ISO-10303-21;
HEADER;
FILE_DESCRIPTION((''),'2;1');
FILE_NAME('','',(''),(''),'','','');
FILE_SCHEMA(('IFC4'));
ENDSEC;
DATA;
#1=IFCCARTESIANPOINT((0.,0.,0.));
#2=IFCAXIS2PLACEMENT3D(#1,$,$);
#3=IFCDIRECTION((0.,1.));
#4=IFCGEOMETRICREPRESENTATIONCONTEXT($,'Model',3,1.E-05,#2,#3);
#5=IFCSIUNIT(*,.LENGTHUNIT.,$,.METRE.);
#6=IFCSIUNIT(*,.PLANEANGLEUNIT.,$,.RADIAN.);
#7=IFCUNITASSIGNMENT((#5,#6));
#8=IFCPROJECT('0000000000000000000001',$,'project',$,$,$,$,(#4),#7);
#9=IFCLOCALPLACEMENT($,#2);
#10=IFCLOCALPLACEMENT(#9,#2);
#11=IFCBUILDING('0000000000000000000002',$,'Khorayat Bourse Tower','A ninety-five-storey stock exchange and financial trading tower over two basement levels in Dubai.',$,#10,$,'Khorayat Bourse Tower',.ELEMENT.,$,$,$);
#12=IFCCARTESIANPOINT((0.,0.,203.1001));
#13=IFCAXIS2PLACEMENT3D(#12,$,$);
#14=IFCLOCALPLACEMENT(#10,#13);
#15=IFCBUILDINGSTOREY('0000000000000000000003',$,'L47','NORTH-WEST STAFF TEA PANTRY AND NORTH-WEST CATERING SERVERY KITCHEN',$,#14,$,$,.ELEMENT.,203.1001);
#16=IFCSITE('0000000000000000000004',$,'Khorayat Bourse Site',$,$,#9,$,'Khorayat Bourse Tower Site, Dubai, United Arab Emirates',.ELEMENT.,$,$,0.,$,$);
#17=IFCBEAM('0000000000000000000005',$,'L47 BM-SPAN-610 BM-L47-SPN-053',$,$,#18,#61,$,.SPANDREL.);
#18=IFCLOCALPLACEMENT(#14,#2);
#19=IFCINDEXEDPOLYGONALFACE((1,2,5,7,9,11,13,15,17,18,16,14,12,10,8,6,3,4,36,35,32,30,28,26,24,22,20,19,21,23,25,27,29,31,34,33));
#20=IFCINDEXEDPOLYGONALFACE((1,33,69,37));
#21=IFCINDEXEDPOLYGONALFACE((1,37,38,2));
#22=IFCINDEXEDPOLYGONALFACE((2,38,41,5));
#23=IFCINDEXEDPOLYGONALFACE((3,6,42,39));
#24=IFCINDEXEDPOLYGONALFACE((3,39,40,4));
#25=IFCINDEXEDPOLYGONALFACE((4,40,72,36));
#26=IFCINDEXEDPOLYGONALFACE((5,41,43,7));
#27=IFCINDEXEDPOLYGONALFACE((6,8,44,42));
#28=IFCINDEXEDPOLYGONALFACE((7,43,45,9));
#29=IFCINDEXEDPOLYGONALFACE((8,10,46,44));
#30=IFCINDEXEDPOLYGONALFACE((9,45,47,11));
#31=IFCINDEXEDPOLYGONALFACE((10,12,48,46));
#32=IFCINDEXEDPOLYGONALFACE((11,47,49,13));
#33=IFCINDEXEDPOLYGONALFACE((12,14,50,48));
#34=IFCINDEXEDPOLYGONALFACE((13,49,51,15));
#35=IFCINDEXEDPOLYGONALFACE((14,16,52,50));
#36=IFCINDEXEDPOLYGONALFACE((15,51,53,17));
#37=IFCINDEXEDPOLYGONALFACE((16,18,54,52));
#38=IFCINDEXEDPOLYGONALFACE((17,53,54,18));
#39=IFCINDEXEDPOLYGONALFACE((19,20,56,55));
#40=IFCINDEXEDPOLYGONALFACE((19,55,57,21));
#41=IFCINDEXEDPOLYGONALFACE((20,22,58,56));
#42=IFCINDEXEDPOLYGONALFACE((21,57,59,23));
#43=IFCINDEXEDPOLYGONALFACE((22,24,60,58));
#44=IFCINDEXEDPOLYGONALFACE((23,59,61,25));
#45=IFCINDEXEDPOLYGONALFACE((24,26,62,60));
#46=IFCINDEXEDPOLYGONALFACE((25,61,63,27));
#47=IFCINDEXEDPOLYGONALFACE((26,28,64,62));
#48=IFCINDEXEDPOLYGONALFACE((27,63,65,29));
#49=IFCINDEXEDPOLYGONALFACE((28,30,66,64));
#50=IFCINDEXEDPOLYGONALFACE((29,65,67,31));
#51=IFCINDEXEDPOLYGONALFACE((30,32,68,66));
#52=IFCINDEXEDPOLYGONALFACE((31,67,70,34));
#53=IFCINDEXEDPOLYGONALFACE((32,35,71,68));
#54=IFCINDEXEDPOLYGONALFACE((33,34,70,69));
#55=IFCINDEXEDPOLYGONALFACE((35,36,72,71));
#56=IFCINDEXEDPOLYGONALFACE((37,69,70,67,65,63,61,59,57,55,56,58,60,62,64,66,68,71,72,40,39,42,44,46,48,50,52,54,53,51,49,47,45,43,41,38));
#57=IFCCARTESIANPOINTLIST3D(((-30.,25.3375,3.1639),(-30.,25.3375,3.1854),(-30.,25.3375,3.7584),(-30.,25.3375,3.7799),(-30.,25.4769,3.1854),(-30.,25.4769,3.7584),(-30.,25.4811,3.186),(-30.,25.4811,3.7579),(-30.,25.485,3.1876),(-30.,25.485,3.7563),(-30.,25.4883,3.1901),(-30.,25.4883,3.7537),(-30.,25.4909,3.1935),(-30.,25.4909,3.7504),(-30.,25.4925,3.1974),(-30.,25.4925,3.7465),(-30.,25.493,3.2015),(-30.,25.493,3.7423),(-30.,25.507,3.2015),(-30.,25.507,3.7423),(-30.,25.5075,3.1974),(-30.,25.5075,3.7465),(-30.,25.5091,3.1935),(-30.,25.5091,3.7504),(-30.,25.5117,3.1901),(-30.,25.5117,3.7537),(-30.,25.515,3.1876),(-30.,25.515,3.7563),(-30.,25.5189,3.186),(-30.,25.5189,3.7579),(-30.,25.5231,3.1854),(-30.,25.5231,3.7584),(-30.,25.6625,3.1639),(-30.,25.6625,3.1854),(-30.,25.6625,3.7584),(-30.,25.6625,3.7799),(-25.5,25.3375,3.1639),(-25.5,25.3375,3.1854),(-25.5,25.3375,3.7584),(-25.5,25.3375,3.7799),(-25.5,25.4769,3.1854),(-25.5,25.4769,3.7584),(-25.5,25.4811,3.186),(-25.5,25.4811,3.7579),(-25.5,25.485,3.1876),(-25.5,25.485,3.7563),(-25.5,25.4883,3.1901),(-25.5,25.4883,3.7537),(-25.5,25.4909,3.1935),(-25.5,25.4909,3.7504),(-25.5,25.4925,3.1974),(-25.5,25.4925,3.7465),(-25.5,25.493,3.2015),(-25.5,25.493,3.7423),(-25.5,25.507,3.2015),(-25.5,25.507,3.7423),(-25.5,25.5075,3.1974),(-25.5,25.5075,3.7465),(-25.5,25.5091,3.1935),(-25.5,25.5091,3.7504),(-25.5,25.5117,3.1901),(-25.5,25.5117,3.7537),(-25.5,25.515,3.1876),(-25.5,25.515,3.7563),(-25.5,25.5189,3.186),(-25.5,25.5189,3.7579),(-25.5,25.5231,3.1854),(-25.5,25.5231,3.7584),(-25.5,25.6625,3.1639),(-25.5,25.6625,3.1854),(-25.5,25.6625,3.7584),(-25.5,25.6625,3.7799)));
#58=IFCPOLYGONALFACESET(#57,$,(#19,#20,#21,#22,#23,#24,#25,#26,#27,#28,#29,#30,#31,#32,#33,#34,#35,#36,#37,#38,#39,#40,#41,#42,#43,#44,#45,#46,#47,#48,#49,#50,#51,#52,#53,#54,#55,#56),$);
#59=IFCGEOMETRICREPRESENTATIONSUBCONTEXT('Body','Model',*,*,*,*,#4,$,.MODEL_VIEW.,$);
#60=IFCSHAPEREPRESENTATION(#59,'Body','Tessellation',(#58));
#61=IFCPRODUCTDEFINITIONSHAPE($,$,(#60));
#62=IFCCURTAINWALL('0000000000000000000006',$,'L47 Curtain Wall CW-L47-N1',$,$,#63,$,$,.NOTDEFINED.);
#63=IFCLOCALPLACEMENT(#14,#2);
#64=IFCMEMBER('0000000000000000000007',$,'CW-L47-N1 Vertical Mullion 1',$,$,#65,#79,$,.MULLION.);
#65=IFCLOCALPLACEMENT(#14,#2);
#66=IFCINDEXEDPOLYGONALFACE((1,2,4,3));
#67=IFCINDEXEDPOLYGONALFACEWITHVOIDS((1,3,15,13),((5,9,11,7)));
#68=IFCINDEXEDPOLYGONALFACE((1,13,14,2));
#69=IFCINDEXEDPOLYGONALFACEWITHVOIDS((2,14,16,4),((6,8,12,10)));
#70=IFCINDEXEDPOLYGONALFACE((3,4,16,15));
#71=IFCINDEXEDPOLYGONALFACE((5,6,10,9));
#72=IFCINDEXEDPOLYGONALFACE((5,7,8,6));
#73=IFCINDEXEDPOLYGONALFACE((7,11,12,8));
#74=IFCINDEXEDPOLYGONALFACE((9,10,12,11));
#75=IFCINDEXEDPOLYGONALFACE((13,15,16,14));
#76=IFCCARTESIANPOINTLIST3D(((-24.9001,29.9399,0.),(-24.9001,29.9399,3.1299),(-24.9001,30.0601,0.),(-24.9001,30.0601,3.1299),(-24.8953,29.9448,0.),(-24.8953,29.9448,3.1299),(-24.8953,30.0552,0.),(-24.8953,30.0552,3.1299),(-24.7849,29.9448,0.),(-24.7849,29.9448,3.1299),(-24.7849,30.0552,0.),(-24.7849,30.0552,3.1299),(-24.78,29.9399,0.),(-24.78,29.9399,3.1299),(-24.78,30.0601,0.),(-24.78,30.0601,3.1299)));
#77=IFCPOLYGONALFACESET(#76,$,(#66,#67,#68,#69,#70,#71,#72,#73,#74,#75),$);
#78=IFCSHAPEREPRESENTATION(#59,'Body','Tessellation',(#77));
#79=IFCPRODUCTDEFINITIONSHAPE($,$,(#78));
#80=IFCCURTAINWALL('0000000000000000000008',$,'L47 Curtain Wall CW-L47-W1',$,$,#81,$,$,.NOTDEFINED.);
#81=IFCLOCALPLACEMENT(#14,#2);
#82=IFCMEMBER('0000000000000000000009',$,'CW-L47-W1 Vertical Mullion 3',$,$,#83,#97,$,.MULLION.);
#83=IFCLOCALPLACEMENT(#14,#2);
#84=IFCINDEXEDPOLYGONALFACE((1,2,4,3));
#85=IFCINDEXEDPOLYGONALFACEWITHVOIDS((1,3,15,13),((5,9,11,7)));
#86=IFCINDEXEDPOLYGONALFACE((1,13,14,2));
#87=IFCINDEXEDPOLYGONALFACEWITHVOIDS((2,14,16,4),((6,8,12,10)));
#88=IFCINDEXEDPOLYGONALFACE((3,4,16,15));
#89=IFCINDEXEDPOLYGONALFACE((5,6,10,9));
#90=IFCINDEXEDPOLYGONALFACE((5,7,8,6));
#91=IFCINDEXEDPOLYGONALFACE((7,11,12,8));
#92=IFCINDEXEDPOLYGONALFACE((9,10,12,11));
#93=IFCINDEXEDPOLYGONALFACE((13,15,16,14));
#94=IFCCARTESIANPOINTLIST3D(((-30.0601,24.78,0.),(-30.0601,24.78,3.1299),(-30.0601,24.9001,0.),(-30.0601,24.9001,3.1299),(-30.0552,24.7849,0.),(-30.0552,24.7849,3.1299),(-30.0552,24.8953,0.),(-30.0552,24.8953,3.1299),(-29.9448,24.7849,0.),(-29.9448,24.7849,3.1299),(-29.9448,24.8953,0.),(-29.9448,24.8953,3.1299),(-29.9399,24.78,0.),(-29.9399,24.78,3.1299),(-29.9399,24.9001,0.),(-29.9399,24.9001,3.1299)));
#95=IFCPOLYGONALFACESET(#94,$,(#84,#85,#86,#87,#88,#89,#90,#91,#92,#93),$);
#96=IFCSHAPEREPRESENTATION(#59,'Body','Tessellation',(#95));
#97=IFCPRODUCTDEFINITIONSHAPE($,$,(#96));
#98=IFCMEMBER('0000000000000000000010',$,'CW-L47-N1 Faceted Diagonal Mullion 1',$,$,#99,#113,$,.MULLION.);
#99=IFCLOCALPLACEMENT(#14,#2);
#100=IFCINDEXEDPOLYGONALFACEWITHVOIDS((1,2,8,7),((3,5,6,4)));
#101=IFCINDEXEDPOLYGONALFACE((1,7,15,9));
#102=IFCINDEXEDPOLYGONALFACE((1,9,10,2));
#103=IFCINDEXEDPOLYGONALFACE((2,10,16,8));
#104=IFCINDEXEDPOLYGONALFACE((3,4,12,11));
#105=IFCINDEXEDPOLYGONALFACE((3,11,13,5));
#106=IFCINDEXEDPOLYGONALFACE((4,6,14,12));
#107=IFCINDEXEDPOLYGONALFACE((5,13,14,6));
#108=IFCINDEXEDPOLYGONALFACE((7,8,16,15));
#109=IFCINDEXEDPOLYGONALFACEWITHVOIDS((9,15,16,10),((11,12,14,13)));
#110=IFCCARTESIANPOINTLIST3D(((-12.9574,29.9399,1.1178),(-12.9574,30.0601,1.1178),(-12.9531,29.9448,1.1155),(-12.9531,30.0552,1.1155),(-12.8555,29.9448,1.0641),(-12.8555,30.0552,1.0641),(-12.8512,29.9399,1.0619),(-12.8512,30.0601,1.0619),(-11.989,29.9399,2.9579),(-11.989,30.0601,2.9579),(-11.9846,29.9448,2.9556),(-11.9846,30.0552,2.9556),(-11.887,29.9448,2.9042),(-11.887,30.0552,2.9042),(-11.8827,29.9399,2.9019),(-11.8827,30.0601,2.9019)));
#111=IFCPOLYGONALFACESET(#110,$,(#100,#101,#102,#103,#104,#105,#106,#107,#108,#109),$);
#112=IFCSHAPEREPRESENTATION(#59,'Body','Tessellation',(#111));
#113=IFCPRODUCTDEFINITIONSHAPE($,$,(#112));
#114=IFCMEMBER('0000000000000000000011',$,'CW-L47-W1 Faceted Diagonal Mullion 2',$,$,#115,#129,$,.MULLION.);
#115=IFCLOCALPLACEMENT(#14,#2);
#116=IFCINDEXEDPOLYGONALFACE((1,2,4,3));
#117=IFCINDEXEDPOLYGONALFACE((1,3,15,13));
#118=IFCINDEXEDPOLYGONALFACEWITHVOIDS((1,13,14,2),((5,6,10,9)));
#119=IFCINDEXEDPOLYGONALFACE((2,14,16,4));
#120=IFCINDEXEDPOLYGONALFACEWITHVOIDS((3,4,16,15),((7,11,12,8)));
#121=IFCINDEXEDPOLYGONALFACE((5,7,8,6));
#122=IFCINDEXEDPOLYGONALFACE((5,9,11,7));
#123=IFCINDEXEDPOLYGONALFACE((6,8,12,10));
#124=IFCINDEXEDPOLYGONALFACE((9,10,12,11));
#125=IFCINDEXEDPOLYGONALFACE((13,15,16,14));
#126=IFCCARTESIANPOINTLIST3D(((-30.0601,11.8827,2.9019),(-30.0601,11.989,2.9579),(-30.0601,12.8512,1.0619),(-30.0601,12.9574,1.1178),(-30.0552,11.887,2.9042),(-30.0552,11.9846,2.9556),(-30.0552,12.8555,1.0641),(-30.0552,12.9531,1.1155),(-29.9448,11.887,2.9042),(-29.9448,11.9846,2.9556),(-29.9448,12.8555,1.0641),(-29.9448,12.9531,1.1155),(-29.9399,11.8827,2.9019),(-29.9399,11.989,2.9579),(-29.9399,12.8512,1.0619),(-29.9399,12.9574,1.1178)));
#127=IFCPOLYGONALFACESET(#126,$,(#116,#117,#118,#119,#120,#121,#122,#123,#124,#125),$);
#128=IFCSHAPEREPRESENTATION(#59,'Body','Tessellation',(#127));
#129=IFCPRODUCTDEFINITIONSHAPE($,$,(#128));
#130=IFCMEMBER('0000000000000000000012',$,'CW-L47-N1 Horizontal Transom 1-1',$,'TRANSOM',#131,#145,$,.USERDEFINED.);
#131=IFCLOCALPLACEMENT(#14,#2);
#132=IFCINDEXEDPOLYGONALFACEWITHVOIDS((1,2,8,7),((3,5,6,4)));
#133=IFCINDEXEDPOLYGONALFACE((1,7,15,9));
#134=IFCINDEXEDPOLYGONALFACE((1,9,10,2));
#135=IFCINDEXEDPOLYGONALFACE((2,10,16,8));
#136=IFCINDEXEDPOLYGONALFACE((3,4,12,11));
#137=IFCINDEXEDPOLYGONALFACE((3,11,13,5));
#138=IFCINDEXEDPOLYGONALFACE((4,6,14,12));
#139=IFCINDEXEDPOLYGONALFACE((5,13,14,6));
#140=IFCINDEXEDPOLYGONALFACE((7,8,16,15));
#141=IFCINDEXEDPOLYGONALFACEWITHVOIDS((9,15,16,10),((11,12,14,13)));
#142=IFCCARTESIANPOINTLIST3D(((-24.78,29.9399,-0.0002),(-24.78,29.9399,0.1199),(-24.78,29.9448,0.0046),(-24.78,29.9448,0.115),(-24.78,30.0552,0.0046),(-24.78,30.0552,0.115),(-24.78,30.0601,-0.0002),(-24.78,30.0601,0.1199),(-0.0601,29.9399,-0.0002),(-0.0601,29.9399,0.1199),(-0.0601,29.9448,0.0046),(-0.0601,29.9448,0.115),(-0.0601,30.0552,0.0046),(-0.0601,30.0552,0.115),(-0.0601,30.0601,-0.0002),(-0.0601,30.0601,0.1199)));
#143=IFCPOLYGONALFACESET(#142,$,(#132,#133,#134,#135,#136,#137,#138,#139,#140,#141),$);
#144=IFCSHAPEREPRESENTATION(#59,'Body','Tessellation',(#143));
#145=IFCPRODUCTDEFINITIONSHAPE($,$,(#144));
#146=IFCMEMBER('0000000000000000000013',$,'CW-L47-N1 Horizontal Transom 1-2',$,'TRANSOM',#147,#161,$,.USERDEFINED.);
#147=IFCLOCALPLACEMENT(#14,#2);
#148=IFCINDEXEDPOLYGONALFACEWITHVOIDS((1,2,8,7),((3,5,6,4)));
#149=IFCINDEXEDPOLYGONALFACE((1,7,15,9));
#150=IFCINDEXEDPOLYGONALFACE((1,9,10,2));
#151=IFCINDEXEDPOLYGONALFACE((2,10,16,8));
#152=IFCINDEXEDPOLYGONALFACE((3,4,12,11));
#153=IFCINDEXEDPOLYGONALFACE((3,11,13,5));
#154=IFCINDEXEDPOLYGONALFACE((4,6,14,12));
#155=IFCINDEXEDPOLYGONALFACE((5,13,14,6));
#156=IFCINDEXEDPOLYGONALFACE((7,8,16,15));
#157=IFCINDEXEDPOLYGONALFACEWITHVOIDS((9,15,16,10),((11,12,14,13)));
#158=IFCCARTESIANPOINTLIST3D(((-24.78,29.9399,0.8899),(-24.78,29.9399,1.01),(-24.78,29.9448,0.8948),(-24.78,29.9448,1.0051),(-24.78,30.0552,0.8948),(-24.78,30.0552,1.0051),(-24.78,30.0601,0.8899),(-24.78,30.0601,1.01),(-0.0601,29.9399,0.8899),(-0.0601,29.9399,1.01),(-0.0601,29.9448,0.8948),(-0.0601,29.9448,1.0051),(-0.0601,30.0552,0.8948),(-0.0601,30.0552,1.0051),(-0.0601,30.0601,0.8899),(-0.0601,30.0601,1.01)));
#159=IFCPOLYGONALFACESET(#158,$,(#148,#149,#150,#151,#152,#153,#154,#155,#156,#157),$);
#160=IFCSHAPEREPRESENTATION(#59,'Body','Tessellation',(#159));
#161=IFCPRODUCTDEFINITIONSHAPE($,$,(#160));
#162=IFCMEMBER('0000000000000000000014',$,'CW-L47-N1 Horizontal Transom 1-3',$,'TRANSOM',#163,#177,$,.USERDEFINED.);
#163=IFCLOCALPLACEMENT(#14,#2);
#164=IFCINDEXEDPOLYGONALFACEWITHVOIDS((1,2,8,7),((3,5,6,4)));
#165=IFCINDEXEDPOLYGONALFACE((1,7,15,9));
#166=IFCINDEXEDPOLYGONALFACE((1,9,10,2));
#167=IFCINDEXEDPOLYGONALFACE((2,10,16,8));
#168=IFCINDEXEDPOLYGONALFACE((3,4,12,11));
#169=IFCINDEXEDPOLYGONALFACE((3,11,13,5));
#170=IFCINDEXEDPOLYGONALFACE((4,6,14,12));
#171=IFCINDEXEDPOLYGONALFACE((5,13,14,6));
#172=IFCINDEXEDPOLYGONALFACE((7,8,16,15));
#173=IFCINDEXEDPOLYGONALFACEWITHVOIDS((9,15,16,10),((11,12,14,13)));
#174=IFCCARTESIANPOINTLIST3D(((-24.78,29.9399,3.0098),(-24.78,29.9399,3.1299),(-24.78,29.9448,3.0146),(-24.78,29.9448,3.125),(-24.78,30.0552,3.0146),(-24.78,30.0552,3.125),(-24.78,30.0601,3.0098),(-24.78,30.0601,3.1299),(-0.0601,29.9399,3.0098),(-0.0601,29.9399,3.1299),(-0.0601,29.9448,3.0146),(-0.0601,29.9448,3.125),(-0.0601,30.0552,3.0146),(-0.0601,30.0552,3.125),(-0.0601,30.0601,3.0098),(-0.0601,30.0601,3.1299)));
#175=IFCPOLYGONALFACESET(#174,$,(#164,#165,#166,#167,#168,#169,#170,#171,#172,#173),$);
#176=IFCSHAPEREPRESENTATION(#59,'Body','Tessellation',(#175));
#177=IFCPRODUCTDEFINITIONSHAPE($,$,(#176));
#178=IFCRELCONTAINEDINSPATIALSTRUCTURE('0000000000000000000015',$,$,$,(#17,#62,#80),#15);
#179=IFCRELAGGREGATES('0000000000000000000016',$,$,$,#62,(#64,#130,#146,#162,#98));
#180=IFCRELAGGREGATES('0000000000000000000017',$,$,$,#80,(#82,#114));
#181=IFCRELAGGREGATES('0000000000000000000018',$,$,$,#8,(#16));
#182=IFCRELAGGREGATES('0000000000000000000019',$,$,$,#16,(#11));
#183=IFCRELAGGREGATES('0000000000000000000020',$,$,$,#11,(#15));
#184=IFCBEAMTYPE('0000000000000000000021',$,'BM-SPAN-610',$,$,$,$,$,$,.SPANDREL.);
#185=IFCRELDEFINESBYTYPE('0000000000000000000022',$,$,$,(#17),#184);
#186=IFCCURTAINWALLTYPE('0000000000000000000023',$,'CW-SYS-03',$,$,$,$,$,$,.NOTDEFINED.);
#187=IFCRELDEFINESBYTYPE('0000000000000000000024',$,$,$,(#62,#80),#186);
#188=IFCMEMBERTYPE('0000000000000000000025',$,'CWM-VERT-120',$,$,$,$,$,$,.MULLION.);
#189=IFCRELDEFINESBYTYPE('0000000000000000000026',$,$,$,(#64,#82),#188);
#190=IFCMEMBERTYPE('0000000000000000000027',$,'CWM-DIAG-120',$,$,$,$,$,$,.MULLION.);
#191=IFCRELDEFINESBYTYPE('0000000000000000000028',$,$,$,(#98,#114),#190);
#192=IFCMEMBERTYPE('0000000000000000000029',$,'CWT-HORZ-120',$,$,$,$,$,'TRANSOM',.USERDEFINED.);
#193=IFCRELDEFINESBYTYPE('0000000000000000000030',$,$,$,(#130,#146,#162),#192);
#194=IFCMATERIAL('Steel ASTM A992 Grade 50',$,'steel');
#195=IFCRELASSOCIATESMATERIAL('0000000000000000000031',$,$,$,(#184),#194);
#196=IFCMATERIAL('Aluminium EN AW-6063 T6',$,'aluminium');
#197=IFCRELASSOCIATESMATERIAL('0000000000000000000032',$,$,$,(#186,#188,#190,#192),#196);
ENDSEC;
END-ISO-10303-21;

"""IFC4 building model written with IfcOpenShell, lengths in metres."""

from ifc_helpers import new_model, si_unit, direction, frame, origin, origin_2d, place, context, subcontext, project, spatial, hollow_rectangle, i_section, extrude, source, transform, mapped, material, material_profile, profile_set, type_object, element, aggregate, save


model = new_model("IFC4")

# Units and contexts
model_context = context("Model", 3, precision=1e-05, world=origin(), true_north=direction((0.0, 1.0)))
body_context = subcontext(model_context, "Body", "Model", "MODEL_VIEW")
ifc_project = project(units=[si_unit("LENGTHUNIT", "METRE"), si_unit("PLANEANGLEUNIT", "RADIAN")], contexts=[model_context])

# Site, building, storey
site_placement = place(None, origin())
site = spatial("IfcSite", under=ifc_project, at=site_placement, Name="Khorayat Bourse Site", LongName="Khorayat Bourse Tower Site, Dubai, United Arab Emirates", CompositionType="ELEMENT", RefElevation=0.0)
building_placement = place(site_placement, origin())
building = spatial("IfcBuilding", under=site, at=building_placement, Name="Khorayat Bourse Tower", Description="A ninety-five-storey stock exchange and financial trading tower over two basement levels in Dubai.", LongName="Khorayat Bourse Tower", CompositionType="ELEMENT")
storey_placement = place(building_placement, frame((0.0, 0.0, 203.1001)))
storey = spatial("IfcBuildingStorey", under=building, at=storey_placement, Name="L47", Description="NORTH-WEST STAFF TEA PANTRY AND NORTH-WEST CATERING SERVERY KITCHEN", CompositionType="ELEMENT", Elevation=203.1001)

# Beam
ifc_material_1 = material(Name="Steel ASTM A992 Grade 50", Category="steel")
ifc_material_profile_1 = material_profile(ifc_material_1, i_section(OverallWidth=0.325, OverallDepth=0.616, WebThickness=0.0139, FlangeThickness=0.0215, FilletRadius=0.0161, at=origin_2d()), Name="W610X174")
ifc_profile_set_1 = profile_set([ifc_material_profile_1], Name="Steel ASTM A992 Grade 50")
beam_type_1 = type_object("IfcBeamType", Name="BM-SPAN-610", PredefinedType="SPANDREL", material=ifc_profile_set_1)
shared_shape_1 = source(origin(), body_context, "Body", "SweptSolid", [
    extrude(i_section(OverallWidth=0.325, OverallDepth=0.616, WebThickness=0.0139, FlangeThickness=0.0215, FilletRadius=0.0161, at=origin_2d()), origin(), (0.0, 0.0, 1.0), 4.5),
])
for number, where, z_axis, x_axis, name in (
    (1, (-30.0, 25.5, 3.4719), (1.0, 0.0, 0.0), (0.0, 1.0, 0.0), "L47 BM-SPAN-610 BM-L47-SPN-053"),
):
    element("IfcBeam", number, at=place(storey_placement, frame(where, z_axis=z_axis, x_axis=x_axis)), inside=storey, type_object=beam_type_1, Name=name, PredefinedType="SPANDREL", context=body_context, shape_type="MappedRepresentation", body=[
        mapped(shared_shape_1, transform((0.0, 0.0, 0.0), scale=1.0)),
    ])

# Curtain walls, members
ifc_material_2 = material(Name="Aluminium EN AW-6063 T6", Category="aluminium")
curtain_wall_type = type_object("IfcCurtainWallType", Name="CW-SYS-03", PredefinedType="NOTDEFINED", material=ifc_material_2)
curtain_wall_1_placement = place(storey_placement, origin())
curtain_wall_1 = element("IfcCurtainWall", 2, at=curtain_wall_1_placement, inside=storey, type_object=curtain_wall_type, Name="L47 Curtain Wall CW-L47-N1", PredefinedType="NOTDEFINED")
ifc_material_profile_2 = material_profile(ifc_material_2, hollow_rectangle(XDim=0.1201, YDim=0.1201, WallThickness=0.0049, at=origin_2d()), Name="ALU 120x120x5")
ifc_profile_set_2 = profile_set([ifc_material_profile_2], Name="Aluminium EN AW-6063 T6")
member_type_1 = type_object("IfcMemberType", Name="CWM-VERT-120", PredefinedType="MULLION", material=ifc_profile_set_2)
shared_shape_2 = source(origin(), body_context, "Body", "SweptSolid", [
    extrude(hollow_rectangle(XDim=0.1201, YDim=0.1201, WallThickness=0.0049, at=origin_2d()), origin(), (0.0, 0.0, 1.0), 3.1299),
])
member_1_placement = place(storey_placement, frame((-24.8401, 30.0, 0.0), z_axis=(0.0, 0.0, 1.0), x_axis=(0.0, 1.0, 0.0)))
member_1 = element("IfcMember", 3, at=member_1_placement, type_object=member_type_1, Name="CW-L47-N1 Vertical Mullion 1", PredefinedType="MULLION", context=body_context, shape_type="MappedRepresentation", body=[
    mapped(shared_shape_2, transform((0.0, 0.0, 0.0), scale=1.0)),
])
curtain_wall_2_placement = place(storey_placement, origin())
curtain_wall_2 = element("IfcCurtainWall", 4, at=curtain_wall_2_placement, inside=storey, type_object=curtain_wall_type, Name="L47 Curtain Wall CW-L47-W1", PredefinedType="NOTDEFINED")
member_2_placement = place(storey_placement, frame((-30.0, 24.8401, 0.0), z_axis=(0.0, 0.0, 1.0), x_axis=(-1.0, 0.0, 0.0)))
member_2 = element("IfcMember", 5, at=member_2_placement, type_object=member_type_1, Name="CW-L47-W1 Vertical Mullion 3", PredefinedType="MULLION", context=body_context, shape_type="MappedRepresentation", body=[
    mapped(shared_shape_2, transform((0.0, 0.0, 0.0), scale=1.0)),
])

# Members
ifc_material_profile_3 = material_profile(ifc_material_2, hollow_rectangle(XDim=0.1201, YDim=0.1201, WallThickness=0.0049, at=origin_2d()), Name="ALU 120x120x5")
ifc_profile_set_3 = profile_set([ifc_material_profile_3], Name="Aluminium EN AW-6063 T6")
member_type_2 = type_object("IfcMemberType", Name="CWM-DIAG-120", PredefinedType="MULLION", material=ifc_profile_set_3)
shared_shape_3 = source(origin(), body_context, "Body", "SweptSolid", [
    extrude(hollow_rectangle(XDim=0.1201, YDim=0.1201, WallThickness=0.0049, at=origin_2d()), origin(), (0.0, 0.0, 1.0), 2.0793),
])
member_3_placement = place(storey_placement, frame((-12.9043, 30.0, 1.0898), z_axis=(0.465761, 0.0, 0.884911), x_axis=(0.0, 1.0, 0.0)))
member_3 = element("IfcMember", 6, at=member_3_placement, type_object=member_type_2, Name="CW-L47-N1 Faceted Diagonal Mullion 1", PredefinedType="MULLION", context=body_context, shape_type="MappedRepresentation", body=[
    mapped(shared_shape_3, transform((0.0, 0.0, 0.0), scale=1.0)),
])
member_4_placement = place(storey_placement, frame((-30.0, 12.9043, 1.0898), z_axis=(0.0, -0.465761, 0.884911), x_axis=(1.0, 0.0, 0.0)))
member_4 = element("IfcMember", 7, at=member_4_placement, type_object=member_type_2, Name="CW-L47-W1 Faceted Diagonal Mullion 2", PredefinedType="MULLION", context=body_context, shape_type="MappedRepresentation", body=[
    mapped(shared_shape_3, transform((0.0, 0.0, 0.0), scale=1.0)),
])
ifc_material_profile_4 = material_profile(ifc_material_2, hollow_rectangle(XDim=0.1201, YDim=0.1201, WallThickness=0.0049, at=origin_2d()), Name="ALU 120x120x5")
ifc_profile_set_4 = profile_set([ifc_material_profile_4], Name="Aluminium EN AW-6063 T6")
member_type_3 = type_object("IfcMemberType", Name="CWT-HORZ-120", ElementType="TRANSOM", PredefinedType="USERDEFINED", material=ifc_profile_set_4)
shared_shape_4 = source(origin(), body_context, "Body", "SweptSolid", [
    extrude(hollow_rectangle(XDim=0.1201, YDim=0.1201, WallThickness=0.0049, at=origin_2d()), origin(), (0.0, 0.0, 1.0), 24.72),
])
member_5_placement = place(storey_placement, frame((-24.78, 30.0, 0.0598), z_axis=(1.0, 0.0, 0.0), x_axis=(0.0, 1.0, 0.0)))
member_5 = element("IfcMember", 8, at=member_5_placement, type_object=member_type_3, Name="CW-L47-N1 Horizontal Transom 1-1", ObjectType="TRANSOM", PredefinedType="USERDEFINED", context=body_context, shape_type="MappedRepresentation", body=[
    mapped(shared_shape_4, transform((0.0, 0.0, 0.0), scale=1.0)),
])
member_6_placement = place(storey_placement, frame((-24.78, 30.0, 0.95), z_axis=(1.0, 0.0, 0.0), x_axis=(0.0, 1.0, 0.0)))
member_6 = element("IfcMember", 9, at=member_6_placement, type_object=member_type_3, Name="CW-L47-N1 Horizontal Transom 1-2", ObjectType="TRANSOM", PredefinedType="USERDEFINED", context=body_context, shape_type="MappedRepresentation", body=[
    mapped(shared_shape_4, transform((0.0, 0.0, 0.0), scale=1.0)),
])
member_7_placement = place(storey_placement, frame((-24.78, 30.0, 3.0698), z_axis=(1.0, 0.0, 0.0), x_axis=(0.0, 1.0, 0.0)))
member_7 = element("IfcMember", 10, at=member_7_placement, type_object=member_type_3, Name="CW-L47-N1 Horizontal Transom 1-3", ObjectType="TRANSOM", PredefinedType="USERDEFINED", context=body_context, shape_type="MappedRepresentation", body=[
    mapped(shared_shape_4, transform((0.0, 0.0, 0.0), scale=1.0)),
])
aggregate(curtain_wall_1, [member_1, member_5, member_6, member_7, member_3])

aggregate(curtain_wall_2, [member_2, member_4])

save(model, "model.ifc")
